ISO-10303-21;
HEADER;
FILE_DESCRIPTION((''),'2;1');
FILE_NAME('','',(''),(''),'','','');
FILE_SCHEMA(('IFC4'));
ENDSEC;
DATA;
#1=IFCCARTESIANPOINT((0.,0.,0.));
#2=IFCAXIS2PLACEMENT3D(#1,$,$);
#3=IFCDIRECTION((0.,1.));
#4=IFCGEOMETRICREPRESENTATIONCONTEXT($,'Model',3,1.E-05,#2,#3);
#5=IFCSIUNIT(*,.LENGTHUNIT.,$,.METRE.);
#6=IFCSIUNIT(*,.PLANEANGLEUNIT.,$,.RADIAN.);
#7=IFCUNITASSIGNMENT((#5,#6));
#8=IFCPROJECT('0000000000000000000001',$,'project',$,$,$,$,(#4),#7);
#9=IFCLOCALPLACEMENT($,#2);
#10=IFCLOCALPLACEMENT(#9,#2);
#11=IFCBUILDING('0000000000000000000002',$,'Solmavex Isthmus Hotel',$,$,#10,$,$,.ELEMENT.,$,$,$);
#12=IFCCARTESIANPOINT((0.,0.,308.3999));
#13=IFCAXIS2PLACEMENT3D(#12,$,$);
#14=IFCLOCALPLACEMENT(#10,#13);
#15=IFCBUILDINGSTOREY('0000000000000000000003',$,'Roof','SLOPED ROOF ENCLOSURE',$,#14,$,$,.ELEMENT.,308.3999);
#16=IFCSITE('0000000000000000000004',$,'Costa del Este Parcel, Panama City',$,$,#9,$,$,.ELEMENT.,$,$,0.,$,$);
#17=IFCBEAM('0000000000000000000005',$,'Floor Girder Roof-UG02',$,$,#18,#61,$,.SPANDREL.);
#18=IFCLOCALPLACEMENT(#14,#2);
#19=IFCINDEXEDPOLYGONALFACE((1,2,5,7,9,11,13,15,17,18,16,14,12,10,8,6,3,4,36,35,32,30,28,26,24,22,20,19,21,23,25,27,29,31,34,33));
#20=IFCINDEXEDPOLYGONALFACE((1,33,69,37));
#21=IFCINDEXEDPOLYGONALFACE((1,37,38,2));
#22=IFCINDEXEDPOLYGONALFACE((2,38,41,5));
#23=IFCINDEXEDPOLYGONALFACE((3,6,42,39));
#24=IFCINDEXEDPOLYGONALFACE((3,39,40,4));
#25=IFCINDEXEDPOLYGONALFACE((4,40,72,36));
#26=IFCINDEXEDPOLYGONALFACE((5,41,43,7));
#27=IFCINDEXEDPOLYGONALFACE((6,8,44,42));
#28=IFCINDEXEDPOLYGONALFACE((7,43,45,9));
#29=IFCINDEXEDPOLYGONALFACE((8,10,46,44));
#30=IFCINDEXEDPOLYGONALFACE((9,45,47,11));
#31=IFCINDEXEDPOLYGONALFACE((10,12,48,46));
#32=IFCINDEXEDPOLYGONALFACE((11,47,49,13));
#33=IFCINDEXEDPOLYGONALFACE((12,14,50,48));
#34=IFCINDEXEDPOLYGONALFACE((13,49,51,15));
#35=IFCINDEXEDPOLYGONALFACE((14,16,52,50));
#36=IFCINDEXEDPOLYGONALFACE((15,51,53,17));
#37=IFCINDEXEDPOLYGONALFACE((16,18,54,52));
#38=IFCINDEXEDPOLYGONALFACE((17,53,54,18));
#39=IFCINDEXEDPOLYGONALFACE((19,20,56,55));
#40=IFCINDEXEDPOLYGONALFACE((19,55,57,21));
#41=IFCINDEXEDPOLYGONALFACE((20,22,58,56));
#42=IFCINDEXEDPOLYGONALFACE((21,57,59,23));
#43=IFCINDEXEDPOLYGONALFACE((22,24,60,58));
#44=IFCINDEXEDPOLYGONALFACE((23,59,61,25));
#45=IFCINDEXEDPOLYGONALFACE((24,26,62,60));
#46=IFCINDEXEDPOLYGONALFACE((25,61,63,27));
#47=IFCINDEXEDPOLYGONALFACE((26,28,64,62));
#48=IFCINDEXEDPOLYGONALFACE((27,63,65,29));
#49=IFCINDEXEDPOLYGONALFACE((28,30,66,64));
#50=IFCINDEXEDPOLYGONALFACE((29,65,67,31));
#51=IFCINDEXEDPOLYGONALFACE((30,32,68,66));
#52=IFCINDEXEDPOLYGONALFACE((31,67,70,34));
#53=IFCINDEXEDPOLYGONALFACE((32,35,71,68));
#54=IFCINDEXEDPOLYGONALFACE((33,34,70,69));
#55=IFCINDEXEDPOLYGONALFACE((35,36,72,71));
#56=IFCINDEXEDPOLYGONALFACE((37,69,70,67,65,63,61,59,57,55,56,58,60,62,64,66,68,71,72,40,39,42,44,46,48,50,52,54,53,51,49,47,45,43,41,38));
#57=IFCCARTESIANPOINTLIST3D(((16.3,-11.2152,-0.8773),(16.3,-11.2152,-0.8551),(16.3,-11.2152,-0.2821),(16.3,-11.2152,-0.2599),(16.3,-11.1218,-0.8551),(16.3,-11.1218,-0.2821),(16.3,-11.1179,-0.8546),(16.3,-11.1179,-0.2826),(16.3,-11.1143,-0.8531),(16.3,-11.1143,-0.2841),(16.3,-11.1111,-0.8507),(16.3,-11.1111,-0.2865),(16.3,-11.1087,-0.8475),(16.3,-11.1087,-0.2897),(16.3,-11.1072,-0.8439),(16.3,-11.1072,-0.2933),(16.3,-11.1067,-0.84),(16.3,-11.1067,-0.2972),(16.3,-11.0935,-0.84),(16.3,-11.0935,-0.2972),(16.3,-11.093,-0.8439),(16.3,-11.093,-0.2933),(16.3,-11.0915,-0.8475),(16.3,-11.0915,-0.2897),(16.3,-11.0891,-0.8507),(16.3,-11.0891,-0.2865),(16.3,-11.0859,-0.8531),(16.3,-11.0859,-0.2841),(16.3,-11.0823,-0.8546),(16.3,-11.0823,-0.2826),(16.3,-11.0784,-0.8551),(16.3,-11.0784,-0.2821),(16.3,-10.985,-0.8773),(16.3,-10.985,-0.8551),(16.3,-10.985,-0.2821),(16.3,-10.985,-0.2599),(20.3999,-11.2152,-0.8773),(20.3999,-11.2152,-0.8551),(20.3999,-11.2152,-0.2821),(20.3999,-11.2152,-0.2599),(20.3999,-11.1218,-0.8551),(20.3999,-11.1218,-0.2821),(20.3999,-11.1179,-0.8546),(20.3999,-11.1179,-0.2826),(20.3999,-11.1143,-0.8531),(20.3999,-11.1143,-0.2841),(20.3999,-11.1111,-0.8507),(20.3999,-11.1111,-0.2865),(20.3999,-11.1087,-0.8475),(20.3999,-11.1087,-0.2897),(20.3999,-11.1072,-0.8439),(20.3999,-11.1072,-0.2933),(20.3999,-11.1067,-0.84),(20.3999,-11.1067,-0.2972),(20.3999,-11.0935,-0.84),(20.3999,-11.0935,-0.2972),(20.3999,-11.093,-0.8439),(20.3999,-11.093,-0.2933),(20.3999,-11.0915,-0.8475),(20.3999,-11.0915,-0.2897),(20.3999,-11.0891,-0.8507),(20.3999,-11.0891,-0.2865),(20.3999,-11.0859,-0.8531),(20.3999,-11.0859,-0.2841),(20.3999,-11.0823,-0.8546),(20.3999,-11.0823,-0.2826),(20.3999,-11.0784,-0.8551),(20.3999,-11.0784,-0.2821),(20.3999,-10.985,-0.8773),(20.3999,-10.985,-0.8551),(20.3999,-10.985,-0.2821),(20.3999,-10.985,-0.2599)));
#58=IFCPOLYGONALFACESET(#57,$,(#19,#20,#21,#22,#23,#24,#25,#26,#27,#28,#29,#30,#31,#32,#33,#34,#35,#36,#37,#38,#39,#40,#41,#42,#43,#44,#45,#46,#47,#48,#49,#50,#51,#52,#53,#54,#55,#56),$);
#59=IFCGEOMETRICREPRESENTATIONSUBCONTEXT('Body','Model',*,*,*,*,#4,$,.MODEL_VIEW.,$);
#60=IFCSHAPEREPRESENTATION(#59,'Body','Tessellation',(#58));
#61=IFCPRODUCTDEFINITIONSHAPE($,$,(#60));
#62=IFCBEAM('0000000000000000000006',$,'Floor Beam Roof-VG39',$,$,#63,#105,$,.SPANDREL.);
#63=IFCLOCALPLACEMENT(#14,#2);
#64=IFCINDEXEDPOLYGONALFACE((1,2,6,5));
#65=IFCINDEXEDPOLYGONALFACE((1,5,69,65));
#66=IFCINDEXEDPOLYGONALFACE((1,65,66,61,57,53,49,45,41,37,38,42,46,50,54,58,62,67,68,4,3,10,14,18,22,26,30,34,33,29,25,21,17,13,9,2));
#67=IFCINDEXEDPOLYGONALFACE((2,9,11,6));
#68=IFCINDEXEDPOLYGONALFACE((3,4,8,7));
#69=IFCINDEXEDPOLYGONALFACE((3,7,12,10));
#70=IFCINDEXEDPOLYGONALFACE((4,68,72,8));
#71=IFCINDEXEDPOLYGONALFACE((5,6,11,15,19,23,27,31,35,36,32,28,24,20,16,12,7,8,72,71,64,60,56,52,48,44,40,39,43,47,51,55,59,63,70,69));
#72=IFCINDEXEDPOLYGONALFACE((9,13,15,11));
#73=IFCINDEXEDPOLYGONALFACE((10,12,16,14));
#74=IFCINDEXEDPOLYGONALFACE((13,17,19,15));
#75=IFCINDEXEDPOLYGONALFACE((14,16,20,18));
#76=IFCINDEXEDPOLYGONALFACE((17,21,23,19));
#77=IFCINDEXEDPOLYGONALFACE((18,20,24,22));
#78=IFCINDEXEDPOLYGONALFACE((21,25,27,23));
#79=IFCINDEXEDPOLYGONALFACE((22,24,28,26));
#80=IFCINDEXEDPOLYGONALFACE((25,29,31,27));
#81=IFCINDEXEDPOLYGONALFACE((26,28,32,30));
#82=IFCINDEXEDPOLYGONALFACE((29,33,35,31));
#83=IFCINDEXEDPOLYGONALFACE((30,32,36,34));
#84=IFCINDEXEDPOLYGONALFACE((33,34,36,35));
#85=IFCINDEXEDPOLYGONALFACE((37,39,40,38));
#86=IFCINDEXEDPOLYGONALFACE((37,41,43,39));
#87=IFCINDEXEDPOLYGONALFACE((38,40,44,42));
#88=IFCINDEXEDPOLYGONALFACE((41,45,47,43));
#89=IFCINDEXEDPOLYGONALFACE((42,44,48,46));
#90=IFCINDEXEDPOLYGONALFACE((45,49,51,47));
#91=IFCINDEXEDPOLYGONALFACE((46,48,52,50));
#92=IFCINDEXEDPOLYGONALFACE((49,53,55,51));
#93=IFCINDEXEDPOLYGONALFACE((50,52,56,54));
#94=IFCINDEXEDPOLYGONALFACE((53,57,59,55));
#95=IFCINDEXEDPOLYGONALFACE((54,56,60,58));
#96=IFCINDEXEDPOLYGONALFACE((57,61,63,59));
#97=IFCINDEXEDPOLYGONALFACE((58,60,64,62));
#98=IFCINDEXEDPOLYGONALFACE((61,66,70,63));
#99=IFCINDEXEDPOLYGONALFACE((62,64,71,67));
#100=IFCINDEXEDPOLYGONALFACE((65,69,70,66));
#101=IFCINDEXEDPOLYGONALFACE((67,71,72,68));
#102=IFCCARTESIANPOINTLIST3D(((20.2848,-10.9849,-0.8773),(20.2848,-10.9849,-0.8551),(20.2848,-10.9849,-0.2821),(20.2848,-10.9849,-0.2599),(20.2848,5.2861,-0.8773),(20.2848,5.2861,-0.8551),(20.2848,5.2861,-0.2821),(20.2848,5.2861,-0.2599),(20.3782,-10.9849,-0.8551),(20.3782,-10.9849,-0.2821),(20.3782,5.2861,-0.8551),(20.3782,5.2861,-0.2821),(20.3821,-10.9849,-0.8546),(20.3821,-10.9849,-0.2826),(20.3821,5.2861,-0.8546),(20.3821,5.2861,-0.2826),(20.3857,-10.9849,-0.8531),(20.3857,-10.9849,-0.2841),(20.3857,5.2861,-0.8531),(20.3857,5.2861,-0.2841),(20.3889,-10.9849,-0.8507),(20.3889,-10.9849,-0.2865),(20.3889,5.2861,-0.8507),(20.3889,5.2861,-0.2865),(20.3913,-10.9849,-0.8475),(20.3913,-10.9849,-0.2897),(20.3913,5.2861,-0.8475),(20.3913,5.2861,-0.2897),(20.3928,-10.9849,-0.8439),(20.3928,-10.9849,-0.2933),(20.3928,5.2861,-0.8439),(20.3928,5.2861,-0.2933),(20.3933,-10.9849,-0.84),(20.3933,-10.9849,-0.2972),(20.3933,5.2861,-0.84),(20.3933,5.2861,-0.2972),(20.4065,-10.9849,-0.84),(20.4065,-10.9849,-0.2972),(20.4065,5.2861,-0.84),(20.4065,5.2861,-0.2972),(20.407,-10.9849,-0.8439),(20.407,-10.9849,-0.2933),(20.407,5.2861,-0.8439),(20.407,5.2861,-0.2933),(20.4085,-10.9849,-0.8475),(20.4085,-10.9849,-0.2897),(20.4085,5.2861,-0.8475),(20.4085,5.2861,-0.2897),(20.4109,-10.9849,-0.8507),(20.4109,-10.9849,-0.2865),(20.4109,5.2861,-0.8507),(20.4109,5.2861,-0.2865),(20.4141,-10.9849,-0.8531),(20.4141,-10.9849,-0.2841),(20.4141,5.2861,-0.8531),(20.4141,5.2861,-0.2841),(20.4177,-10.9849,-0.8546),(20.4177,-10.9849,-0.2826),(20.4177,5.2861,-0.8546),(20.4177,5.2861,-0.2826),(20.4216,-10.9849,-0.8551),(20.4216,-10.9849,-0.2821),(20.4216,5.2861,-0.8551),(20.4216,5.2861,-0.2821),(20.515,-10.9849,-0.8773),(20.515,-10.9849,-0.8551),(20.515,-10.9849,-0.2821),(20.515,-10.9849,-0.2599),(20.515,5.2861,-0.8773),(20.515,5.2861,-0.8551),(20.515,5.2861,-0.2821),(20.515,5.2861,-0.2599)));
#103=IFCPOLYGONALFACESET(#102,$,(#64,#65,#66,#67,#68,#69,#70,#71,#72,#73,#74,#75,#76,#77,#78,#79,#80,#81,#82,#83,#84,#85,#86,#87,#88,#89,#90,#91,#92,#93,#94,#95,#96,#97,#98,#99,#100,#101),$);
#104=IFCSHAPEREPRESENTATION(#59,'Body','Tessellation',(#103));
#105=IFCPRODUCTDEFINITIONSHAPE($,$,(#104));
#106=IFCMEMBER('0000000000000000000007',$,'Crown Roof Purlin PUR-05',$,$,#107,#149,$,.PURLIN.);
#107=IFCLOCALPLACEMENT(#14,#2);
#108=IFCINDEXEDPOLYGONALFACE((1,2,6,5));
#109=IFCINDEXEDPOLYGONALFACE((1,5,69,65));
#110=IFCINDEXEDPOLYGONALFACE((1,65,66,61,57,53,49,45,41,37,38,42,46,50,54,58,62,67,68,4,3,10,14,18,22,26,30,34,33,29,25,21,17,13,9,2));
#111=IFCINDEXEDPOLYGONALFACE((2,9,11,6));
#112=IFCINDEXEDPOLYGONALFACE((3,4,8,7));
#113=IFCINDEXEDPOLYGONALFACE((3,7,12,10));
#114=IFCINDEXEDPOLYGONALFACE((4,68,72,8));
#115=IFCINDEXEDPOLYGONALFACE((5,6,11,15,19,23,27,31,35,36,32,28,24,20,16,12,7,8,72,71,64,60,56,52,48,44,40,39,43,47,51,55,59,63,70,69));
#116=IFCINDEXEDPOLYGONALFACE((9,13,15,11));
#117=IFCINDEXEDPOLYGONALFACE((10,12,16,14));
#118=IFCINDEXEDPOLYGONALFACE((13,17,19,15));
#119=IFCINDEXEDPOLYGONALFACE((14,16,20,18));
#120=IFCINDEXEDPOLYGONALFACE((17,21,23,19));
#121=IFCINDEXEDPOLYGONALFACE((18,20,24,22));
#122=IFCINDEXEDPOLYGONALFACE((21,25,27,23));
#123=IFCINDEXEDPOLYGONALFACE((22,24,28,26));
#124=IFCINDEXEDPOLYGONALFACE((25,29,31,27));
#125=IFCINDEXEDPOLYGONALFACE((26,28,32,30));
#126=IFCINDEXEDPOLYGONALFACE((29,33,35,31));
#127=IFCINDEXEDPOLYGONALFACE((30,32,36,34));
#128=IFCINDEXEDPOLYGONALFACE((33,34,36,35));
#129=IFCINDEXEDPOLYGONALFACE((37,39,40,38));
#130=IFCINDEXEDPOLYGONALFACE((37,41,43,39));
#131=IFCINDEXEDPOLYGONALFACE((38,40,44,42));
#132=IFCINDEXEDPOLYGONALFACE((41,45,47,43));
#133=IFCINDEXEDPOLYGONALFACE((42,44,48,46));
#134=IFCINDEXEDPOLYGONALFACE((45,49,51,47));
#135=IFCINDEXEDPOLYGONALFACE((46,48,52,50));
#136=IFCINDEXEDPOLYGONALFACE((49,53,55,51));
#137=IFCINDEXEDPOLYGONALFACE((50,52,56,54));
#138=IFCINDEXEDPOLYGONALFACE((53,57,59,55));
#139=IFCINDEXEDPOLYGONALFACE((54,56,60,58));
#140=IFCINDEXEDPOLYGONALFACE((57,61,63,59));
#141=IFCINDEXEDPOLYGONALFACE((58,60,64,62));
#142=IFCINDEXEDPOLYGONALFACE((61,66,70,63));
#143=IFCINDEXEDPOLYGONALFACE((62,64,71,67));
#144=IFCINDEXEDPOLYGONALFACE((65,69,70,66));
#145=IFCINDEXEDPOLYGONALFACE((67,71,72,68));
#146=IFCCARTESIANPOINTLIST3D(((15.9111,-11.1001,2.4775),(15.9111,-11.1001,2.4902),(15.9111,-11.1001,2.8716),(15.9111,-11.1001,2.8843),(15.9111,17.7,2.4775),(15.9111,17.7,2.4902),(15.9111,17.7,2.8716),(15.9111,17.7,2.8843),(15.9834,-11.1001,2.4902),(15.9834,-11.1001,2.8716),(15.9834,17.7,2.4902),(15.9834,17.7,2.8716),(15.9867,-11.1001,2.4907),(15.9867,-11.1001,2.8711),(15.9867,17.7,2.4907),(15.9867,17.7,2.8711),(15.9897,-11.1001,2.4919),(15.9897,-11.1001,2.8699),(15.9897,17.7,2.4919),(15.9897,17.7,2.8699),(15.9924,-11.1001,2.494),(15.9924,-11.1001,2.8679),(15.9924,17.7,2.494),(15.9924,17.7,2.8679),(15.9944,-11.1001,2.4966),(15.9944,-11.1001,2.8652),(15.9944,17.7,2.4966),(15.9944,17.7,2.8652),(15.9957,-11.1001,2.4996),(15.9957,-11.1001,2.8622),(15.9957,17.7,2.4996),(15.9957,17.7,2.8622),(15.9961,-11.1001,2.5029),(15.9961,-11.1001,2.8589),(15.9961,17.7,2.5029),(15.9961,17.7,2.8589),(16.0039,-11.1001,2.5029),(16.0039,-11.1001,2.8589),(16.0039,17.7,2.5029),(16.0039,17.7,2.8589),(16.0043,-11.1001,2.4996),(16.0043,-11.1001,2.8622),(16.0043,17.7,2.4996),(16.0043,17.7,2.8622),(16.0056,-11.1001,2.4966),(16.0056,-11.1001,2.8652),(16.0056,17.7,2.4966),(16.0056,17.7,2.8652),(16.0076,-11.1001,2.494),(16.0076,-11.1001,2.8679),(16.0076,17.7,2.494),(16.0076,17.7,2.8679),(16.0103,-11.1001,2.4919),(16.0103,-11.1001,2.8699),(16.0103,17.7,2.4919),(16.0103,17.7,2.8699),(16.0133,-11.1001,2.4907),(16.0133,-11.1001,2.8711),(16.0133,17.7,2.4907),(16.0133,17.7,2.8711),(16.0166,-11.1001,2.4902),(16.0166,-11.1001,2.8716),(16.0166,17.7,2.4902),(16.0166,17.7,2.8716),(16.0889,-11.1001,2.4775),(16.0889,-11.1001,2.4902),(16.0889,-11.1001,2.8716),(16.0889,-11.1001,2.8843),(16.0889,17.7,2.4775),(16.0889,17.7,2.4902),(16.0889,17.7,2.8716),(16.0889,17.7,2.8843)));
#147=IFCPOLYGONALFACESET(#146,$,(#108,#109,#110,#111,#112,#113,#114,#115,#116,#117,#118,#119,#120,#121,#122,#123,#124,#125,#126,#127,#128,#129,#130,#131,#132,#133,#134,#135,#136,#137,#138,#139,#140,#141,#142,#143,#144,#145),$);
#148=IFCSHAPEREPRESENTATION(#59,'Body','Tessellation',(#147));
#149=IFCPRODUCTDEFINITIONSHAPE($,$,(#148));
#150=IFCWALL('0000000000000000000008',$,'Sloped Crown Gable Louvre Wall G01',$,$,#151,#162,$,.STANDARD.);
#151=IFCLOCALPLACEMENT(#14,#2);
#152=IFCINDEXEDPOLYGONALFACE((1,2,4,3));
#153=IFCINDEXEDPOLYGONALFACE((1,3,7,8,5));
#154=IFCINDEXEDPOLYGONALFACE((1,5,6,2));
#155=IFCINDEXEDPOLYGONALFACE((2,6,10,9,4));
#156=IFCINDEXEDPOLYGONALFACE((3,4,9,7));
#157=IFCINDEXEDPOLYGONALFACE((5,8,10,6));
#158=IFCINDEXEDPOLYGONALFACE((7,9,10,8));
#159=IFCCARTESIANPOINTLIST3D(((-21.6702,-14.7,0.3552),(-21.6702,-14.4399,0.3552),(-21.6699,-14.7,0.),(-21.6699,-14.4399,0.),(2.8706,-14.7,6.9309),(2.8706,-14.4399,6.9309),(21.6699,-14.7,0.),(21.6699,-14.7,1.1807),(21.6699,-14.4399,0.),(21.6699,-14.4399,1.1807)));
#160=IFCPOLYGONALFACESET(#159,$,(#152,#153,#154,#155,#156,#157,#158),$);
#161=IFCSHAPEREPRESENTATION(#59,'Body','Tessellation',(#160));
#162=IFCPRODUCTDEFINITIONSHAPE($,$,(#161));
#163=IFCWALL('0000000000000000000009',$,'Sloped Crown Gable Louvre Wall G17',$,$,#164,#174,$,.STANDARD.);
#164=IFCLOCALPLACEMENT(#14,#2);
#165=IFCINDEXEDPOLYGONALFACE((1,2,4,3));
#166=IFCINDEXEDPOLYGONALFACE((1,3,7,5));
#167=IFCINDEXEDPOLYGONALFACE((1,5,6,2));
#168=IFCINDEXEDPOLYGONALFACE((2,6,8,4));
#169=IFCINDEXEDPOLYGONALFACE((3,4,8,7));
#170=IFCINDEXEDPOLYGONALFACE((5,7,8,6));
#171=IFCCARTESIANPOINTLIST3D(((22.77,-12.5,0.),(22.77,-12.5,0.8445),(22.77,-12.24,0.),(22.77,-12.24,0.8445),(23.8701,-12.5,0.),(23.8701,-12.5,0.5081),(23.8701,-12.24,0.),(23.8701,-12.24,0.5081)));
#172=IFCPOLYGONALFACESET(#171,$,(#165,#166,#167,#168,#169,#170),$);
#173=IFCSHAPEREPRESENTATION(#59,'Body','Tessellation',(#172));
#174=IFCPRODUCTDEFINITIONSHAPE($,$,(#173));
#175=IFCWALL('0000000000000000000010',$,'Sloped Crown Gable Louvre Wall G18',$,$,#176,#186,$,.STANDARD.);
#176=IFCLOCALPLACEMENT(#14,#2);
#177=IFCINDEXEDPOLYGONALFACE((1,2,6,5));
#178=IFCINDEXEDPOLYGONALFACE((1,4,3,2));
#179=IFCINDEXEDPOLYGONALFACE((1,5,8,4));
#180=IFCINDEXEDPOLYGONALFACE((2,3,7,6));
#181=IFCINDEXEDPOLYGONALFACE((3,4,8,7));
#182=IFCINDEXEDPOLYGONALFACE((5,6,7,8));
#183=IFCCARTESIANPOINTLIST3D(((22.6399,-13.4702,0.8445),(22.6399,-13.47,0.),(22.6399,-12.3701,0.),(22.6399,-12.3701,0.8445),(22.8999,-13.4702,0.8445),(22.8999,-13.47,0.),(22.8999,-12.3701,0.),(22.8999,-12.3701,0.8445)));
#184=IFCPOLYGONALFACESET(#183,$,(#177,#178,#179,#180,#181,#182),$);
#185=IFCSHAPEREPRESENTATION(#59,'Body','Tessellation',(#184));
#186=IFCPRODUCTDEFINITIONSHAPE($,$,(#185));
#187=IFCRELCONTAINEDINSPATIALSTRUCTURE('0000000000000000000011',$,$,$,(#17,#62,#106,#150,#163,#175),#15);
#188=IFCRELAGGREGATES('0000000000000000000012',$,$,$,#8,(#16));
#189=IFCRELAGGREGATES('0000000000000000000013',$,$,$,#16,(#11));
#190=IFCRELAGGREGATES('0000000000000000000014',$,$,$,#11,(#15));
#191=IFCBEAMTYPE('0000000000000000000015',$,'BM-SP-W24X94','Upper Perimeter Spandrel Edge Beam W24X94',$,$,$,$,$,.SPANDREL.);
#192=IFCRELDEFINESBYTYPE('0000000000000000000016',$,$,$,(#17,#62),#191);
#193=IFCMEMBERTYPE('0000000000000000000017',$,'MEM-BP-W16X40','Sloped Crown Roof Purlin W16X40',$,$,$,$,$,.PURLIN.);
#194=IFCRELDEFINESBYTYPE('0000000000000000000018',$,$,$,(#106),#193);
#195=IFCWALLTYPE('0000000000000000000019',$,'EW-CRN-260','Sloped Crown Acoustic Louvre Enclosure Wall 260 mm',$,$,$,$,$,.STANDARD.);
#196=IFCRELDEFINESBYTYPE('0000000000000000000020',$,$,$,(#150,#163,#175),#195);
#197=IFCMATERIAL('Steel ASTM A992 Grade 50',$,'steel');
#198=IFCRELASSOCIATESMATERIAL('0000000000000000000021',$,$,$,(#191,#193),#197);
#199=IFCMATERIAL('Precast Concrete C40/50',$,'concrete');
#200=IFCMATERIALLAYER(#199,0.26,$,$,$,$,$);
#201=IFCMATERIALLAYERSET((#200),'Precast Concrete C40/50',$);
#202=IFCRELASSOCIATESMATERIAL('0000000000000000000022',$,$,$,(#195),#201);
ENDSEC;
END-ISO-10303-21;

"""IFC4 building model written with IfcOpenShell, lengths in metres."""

from ifc_helpers import new_model, si_unit, direction, frame, origin, origin_2d, place, context, subcontext, project, spatial, polyline, i_section, outline, extrude, material, layer, layer_set, material_profile, profile_set, type_object, element, save


model = new_model("IFC4")

# Units and contexts
model_context = context("Model", 3, precision=1e-05, world=origin(), true_north=direction((0.0, 1.0)))
body_context = subcontext(model_context, "Body", "Model", "MODEL_VIEW")
ifc_project = project(units=[si_unit("LENGTHUNIT", "METRE"), si_unit("PLANEANGLEUNIT", "RADIAN")], contexts=[model_context])

# Site, building, storey
site_placement = place(None, origin())
site = spatial("IfcSite", under=ifc_project, at=site_placement, Name="Costa del Este Parcel, Panama City", CompositionType="ELEMENT", RefElevation=0.0)
building_placement = place(site_placement, origin())
building = spatial("IfcBuilding", under=site, at=building_placement, Name="Solmavex Isthmus Hotel", CompositionType="ELEMENT")
storey_placement = place(building_placement, frame((0.0, 0.0, 308.3999)))
storey = spatial("IfcBuildingStorey", under=building, at=storey_placement, Name="Roof", Description="SLOPED ROOF ENCLOSURE", CompositionType="ELEMENT", Elevation=308.3999)

# Beams
ifc_material_1 = material(Name="Steel ASTM A992 Grade 50", Category="steel")
ifc_material_profile_1 = material_profile(ifc_material_1, i_section(OverallWidth=0.2302, OverallDepth=0.6174, WebThickness=0.0132, FlangeThickness=0.0222, FilletRadius=0.0151, at=origin_2d()), Name="W24X94")
ifc_profile_set_1 = profile_set([ifc_material_profile_1], Name="Steel ASTM A992 Grade 50")
beam_type_1 = type_object("IfcBeamType", Name="BM-SP-W24X94", Description="Upper Perimeter Spandrel Edge Beam W24X94", PredefinedType="SPANDREL", material=ifc_profile_set_1)
beam_1_placement = place(storey_placement, frame((16.3, -11.1001, -0.5686), z_axis=(1.0, 0.0, 0.0), x_axis=(0.0, 1.0, 0.0)))
element("IfcBeam", 1, at=beam_1_placement, inside=storey, type_object=beam_type_1, Name="Floor Girder Roof-UG02", PredefinedType="SPANDREL", context=body_context, shape_type="SweptSolid", body=[
    extrude(i_section(OverallWidth=0.2302, OverallDepth=0.6174, WebThickness=0.0132, FlangeThickness=0.0222, FilletRadius=0.0151, at=origin_2d()), origin(), (0.0, 0.0, 1.0), 4.0999),
])
beam_2_placement = place(storey_placement, frame((20.3999, -10.9849, -0.5686), z_axis=(0.0, 1.0, 0.0), x_axis=(-1.0, 0.0, 0.0)))
element("IfcBeam", 2, at=beam_2_placement, inside=storey, type_object=beam_type_1, Name="Floor Beam Roof-VG39", PredefinedType="SPANDREL", context=body_context, shape_type="SweptSolid", body=[
    extrude(i_section(OverallWidth=0.2302, OverallDepth=0.6174, WebThickness=0.0132, FlangeThickness=0.0222, FilletRadius=0.0151, at=origin_2d()), origin(), (0.0, 0.0, 1.0), 16.271),
])

# Member
ifc_material_profile_2 = material_profile(ifc_material_1, i_section(OverallWidth=0.1777, OverallDepth=0.4067, WebThickness=0.0078, FlangeThickness=0.0127, FilletRadius=0.0127, at=origin_2d()), Name="W16X40")
ifc_profile_set_2 = profile_set([ifc_material_profile_2], Name="Steel ASTM A992 Grade 50")
member_type = type_object("IfcMemberType", Name="MEM-BP-W16X40", Description="Sloped Crown Roof Purlin W16X40", PredefinedType="PURLIN", material=ifc_profile_set_2)
member_placement = place(storey_placement, frame((16.0, -11.1001, 2.6809), z_axis=(0.0, 1.0, 0.0), x_axis=(-1.0, 0.0, 0.0)))
element("IfcMember", 3, at=member_placement, inside=storey, type_object=member_type, Name="Crown Roof Purlin PUR-05", PredefinedType="PURLIN", context=body_context, shape_type="SweptSolid", body=[
    extrude(i_section(OverallWidth=0.1777, OverallDepth=0.4067, WebThickness=0.0078, FlangeThickness=0.0127, FilletRadius=0.0127, at=origin_2d()), origin(), (0.0, 0.0, 1.0), 28.8),
])

# Walls
ifc_material_2 = material(Name="Precast Concrete C40/50", Category="concrete")
ifc_layer_1 = layer(ifc_material_2, 0.26)
ifc_layer_set_1 = layer_set([ifc_layer_1], Name="Precast Concrete C40/50")
wall_type_1 = type_object("IfcWallType", Name="EW-CRN-260", Description="Sloped Crown Acoustic Louvre Enclosure Wall 260 mm", PredefinedType="STANDARD", material=ifc_layer_set_1)
wall_1_placement = place(storey_placement, frame((21.6699, -14.5701, 0.0), z_axis=(0.0, 0.0, 1.0), x_axis=(-1.0, 0.0, 0.0)))
element("IfcWall", 4, at=wall_1_placement, inside=storey, type_object=wall_type_1, Name="Sloped Crown Gable Louvre Wall G01", PredefinedType="STANDARD", context=body_context, shape_type="SweptSolid", body=[
    extrude(outline(polyline([(0.0, 0.0), (43.3398, 0.0), (43.3401, 0.3552), (18.7993, 6.9309), (0.0, 1.1807), (0.0, 0.0)])), frame((0.0, 0.1299, 0.0), z_axis=(0.0, -1.0, 0.0), x_axis=(1.0, 0.0, 0.0)), (0.0, 0.0, 1.0), 0.26),
])
wall_2_placement = place(storey_placement, frame((23.8701, -12.3701, 0.0), z_axis=(0.0, 0.0, 1.0), x_axis=(-1.0, 0.0, 0.0)))
element("IfcWall", 5, at=wall_2_placement, inside=storey, type_object=wall_type_1, Name="Sloped Crown Gable Louvre Wall G17", PredefinedType="STANDARD", context=body_context, shape_type="SweptSolid", body=[
    extrude(outline(polyline([(0.0, 0.0), (1.1001, 0.0), (1.1001, 0.8445), (0.0, 0.5081), (0.0, 0.0)])), frame((0.0, 0.1299, 0.0), z_axis=(0.0, -1.0, 0.0), x_axis=(1.0, 0.0, 0.0)), (0.0, 0.0, 1.0), 0.26),
])
wall_3_placement = place(storey_placement, frame((22.77, -12.3701, 0.0), z_axis=(0.0, 0.0, 1.0), x_axis=(0.0, -1.0, 0.0)))
element("IfcWall", 6, at=wall_3_placement, inside=storey, type_object=wall_type_1, Name="Sloped Crown Gable Louvre Wall G18", PredefinedType="STANDARD", context=body_context, shape_type="SweptSolid", body=[
    extrude(outline(polyline([(0.0, 0.0), (1.0999, 0.0), (1.1001, 0.8445), (0.0, 0.8445), (0.0, 0.0)])), frame((0.0, 0.1299, 0.0), z_axis=(0.0, -1.0, 0.0), x_axis=(1.0, 0.0, 0.0)), (0.0, 0.0, 1.0), 0.26),
])

save(model, "model.ifc")
